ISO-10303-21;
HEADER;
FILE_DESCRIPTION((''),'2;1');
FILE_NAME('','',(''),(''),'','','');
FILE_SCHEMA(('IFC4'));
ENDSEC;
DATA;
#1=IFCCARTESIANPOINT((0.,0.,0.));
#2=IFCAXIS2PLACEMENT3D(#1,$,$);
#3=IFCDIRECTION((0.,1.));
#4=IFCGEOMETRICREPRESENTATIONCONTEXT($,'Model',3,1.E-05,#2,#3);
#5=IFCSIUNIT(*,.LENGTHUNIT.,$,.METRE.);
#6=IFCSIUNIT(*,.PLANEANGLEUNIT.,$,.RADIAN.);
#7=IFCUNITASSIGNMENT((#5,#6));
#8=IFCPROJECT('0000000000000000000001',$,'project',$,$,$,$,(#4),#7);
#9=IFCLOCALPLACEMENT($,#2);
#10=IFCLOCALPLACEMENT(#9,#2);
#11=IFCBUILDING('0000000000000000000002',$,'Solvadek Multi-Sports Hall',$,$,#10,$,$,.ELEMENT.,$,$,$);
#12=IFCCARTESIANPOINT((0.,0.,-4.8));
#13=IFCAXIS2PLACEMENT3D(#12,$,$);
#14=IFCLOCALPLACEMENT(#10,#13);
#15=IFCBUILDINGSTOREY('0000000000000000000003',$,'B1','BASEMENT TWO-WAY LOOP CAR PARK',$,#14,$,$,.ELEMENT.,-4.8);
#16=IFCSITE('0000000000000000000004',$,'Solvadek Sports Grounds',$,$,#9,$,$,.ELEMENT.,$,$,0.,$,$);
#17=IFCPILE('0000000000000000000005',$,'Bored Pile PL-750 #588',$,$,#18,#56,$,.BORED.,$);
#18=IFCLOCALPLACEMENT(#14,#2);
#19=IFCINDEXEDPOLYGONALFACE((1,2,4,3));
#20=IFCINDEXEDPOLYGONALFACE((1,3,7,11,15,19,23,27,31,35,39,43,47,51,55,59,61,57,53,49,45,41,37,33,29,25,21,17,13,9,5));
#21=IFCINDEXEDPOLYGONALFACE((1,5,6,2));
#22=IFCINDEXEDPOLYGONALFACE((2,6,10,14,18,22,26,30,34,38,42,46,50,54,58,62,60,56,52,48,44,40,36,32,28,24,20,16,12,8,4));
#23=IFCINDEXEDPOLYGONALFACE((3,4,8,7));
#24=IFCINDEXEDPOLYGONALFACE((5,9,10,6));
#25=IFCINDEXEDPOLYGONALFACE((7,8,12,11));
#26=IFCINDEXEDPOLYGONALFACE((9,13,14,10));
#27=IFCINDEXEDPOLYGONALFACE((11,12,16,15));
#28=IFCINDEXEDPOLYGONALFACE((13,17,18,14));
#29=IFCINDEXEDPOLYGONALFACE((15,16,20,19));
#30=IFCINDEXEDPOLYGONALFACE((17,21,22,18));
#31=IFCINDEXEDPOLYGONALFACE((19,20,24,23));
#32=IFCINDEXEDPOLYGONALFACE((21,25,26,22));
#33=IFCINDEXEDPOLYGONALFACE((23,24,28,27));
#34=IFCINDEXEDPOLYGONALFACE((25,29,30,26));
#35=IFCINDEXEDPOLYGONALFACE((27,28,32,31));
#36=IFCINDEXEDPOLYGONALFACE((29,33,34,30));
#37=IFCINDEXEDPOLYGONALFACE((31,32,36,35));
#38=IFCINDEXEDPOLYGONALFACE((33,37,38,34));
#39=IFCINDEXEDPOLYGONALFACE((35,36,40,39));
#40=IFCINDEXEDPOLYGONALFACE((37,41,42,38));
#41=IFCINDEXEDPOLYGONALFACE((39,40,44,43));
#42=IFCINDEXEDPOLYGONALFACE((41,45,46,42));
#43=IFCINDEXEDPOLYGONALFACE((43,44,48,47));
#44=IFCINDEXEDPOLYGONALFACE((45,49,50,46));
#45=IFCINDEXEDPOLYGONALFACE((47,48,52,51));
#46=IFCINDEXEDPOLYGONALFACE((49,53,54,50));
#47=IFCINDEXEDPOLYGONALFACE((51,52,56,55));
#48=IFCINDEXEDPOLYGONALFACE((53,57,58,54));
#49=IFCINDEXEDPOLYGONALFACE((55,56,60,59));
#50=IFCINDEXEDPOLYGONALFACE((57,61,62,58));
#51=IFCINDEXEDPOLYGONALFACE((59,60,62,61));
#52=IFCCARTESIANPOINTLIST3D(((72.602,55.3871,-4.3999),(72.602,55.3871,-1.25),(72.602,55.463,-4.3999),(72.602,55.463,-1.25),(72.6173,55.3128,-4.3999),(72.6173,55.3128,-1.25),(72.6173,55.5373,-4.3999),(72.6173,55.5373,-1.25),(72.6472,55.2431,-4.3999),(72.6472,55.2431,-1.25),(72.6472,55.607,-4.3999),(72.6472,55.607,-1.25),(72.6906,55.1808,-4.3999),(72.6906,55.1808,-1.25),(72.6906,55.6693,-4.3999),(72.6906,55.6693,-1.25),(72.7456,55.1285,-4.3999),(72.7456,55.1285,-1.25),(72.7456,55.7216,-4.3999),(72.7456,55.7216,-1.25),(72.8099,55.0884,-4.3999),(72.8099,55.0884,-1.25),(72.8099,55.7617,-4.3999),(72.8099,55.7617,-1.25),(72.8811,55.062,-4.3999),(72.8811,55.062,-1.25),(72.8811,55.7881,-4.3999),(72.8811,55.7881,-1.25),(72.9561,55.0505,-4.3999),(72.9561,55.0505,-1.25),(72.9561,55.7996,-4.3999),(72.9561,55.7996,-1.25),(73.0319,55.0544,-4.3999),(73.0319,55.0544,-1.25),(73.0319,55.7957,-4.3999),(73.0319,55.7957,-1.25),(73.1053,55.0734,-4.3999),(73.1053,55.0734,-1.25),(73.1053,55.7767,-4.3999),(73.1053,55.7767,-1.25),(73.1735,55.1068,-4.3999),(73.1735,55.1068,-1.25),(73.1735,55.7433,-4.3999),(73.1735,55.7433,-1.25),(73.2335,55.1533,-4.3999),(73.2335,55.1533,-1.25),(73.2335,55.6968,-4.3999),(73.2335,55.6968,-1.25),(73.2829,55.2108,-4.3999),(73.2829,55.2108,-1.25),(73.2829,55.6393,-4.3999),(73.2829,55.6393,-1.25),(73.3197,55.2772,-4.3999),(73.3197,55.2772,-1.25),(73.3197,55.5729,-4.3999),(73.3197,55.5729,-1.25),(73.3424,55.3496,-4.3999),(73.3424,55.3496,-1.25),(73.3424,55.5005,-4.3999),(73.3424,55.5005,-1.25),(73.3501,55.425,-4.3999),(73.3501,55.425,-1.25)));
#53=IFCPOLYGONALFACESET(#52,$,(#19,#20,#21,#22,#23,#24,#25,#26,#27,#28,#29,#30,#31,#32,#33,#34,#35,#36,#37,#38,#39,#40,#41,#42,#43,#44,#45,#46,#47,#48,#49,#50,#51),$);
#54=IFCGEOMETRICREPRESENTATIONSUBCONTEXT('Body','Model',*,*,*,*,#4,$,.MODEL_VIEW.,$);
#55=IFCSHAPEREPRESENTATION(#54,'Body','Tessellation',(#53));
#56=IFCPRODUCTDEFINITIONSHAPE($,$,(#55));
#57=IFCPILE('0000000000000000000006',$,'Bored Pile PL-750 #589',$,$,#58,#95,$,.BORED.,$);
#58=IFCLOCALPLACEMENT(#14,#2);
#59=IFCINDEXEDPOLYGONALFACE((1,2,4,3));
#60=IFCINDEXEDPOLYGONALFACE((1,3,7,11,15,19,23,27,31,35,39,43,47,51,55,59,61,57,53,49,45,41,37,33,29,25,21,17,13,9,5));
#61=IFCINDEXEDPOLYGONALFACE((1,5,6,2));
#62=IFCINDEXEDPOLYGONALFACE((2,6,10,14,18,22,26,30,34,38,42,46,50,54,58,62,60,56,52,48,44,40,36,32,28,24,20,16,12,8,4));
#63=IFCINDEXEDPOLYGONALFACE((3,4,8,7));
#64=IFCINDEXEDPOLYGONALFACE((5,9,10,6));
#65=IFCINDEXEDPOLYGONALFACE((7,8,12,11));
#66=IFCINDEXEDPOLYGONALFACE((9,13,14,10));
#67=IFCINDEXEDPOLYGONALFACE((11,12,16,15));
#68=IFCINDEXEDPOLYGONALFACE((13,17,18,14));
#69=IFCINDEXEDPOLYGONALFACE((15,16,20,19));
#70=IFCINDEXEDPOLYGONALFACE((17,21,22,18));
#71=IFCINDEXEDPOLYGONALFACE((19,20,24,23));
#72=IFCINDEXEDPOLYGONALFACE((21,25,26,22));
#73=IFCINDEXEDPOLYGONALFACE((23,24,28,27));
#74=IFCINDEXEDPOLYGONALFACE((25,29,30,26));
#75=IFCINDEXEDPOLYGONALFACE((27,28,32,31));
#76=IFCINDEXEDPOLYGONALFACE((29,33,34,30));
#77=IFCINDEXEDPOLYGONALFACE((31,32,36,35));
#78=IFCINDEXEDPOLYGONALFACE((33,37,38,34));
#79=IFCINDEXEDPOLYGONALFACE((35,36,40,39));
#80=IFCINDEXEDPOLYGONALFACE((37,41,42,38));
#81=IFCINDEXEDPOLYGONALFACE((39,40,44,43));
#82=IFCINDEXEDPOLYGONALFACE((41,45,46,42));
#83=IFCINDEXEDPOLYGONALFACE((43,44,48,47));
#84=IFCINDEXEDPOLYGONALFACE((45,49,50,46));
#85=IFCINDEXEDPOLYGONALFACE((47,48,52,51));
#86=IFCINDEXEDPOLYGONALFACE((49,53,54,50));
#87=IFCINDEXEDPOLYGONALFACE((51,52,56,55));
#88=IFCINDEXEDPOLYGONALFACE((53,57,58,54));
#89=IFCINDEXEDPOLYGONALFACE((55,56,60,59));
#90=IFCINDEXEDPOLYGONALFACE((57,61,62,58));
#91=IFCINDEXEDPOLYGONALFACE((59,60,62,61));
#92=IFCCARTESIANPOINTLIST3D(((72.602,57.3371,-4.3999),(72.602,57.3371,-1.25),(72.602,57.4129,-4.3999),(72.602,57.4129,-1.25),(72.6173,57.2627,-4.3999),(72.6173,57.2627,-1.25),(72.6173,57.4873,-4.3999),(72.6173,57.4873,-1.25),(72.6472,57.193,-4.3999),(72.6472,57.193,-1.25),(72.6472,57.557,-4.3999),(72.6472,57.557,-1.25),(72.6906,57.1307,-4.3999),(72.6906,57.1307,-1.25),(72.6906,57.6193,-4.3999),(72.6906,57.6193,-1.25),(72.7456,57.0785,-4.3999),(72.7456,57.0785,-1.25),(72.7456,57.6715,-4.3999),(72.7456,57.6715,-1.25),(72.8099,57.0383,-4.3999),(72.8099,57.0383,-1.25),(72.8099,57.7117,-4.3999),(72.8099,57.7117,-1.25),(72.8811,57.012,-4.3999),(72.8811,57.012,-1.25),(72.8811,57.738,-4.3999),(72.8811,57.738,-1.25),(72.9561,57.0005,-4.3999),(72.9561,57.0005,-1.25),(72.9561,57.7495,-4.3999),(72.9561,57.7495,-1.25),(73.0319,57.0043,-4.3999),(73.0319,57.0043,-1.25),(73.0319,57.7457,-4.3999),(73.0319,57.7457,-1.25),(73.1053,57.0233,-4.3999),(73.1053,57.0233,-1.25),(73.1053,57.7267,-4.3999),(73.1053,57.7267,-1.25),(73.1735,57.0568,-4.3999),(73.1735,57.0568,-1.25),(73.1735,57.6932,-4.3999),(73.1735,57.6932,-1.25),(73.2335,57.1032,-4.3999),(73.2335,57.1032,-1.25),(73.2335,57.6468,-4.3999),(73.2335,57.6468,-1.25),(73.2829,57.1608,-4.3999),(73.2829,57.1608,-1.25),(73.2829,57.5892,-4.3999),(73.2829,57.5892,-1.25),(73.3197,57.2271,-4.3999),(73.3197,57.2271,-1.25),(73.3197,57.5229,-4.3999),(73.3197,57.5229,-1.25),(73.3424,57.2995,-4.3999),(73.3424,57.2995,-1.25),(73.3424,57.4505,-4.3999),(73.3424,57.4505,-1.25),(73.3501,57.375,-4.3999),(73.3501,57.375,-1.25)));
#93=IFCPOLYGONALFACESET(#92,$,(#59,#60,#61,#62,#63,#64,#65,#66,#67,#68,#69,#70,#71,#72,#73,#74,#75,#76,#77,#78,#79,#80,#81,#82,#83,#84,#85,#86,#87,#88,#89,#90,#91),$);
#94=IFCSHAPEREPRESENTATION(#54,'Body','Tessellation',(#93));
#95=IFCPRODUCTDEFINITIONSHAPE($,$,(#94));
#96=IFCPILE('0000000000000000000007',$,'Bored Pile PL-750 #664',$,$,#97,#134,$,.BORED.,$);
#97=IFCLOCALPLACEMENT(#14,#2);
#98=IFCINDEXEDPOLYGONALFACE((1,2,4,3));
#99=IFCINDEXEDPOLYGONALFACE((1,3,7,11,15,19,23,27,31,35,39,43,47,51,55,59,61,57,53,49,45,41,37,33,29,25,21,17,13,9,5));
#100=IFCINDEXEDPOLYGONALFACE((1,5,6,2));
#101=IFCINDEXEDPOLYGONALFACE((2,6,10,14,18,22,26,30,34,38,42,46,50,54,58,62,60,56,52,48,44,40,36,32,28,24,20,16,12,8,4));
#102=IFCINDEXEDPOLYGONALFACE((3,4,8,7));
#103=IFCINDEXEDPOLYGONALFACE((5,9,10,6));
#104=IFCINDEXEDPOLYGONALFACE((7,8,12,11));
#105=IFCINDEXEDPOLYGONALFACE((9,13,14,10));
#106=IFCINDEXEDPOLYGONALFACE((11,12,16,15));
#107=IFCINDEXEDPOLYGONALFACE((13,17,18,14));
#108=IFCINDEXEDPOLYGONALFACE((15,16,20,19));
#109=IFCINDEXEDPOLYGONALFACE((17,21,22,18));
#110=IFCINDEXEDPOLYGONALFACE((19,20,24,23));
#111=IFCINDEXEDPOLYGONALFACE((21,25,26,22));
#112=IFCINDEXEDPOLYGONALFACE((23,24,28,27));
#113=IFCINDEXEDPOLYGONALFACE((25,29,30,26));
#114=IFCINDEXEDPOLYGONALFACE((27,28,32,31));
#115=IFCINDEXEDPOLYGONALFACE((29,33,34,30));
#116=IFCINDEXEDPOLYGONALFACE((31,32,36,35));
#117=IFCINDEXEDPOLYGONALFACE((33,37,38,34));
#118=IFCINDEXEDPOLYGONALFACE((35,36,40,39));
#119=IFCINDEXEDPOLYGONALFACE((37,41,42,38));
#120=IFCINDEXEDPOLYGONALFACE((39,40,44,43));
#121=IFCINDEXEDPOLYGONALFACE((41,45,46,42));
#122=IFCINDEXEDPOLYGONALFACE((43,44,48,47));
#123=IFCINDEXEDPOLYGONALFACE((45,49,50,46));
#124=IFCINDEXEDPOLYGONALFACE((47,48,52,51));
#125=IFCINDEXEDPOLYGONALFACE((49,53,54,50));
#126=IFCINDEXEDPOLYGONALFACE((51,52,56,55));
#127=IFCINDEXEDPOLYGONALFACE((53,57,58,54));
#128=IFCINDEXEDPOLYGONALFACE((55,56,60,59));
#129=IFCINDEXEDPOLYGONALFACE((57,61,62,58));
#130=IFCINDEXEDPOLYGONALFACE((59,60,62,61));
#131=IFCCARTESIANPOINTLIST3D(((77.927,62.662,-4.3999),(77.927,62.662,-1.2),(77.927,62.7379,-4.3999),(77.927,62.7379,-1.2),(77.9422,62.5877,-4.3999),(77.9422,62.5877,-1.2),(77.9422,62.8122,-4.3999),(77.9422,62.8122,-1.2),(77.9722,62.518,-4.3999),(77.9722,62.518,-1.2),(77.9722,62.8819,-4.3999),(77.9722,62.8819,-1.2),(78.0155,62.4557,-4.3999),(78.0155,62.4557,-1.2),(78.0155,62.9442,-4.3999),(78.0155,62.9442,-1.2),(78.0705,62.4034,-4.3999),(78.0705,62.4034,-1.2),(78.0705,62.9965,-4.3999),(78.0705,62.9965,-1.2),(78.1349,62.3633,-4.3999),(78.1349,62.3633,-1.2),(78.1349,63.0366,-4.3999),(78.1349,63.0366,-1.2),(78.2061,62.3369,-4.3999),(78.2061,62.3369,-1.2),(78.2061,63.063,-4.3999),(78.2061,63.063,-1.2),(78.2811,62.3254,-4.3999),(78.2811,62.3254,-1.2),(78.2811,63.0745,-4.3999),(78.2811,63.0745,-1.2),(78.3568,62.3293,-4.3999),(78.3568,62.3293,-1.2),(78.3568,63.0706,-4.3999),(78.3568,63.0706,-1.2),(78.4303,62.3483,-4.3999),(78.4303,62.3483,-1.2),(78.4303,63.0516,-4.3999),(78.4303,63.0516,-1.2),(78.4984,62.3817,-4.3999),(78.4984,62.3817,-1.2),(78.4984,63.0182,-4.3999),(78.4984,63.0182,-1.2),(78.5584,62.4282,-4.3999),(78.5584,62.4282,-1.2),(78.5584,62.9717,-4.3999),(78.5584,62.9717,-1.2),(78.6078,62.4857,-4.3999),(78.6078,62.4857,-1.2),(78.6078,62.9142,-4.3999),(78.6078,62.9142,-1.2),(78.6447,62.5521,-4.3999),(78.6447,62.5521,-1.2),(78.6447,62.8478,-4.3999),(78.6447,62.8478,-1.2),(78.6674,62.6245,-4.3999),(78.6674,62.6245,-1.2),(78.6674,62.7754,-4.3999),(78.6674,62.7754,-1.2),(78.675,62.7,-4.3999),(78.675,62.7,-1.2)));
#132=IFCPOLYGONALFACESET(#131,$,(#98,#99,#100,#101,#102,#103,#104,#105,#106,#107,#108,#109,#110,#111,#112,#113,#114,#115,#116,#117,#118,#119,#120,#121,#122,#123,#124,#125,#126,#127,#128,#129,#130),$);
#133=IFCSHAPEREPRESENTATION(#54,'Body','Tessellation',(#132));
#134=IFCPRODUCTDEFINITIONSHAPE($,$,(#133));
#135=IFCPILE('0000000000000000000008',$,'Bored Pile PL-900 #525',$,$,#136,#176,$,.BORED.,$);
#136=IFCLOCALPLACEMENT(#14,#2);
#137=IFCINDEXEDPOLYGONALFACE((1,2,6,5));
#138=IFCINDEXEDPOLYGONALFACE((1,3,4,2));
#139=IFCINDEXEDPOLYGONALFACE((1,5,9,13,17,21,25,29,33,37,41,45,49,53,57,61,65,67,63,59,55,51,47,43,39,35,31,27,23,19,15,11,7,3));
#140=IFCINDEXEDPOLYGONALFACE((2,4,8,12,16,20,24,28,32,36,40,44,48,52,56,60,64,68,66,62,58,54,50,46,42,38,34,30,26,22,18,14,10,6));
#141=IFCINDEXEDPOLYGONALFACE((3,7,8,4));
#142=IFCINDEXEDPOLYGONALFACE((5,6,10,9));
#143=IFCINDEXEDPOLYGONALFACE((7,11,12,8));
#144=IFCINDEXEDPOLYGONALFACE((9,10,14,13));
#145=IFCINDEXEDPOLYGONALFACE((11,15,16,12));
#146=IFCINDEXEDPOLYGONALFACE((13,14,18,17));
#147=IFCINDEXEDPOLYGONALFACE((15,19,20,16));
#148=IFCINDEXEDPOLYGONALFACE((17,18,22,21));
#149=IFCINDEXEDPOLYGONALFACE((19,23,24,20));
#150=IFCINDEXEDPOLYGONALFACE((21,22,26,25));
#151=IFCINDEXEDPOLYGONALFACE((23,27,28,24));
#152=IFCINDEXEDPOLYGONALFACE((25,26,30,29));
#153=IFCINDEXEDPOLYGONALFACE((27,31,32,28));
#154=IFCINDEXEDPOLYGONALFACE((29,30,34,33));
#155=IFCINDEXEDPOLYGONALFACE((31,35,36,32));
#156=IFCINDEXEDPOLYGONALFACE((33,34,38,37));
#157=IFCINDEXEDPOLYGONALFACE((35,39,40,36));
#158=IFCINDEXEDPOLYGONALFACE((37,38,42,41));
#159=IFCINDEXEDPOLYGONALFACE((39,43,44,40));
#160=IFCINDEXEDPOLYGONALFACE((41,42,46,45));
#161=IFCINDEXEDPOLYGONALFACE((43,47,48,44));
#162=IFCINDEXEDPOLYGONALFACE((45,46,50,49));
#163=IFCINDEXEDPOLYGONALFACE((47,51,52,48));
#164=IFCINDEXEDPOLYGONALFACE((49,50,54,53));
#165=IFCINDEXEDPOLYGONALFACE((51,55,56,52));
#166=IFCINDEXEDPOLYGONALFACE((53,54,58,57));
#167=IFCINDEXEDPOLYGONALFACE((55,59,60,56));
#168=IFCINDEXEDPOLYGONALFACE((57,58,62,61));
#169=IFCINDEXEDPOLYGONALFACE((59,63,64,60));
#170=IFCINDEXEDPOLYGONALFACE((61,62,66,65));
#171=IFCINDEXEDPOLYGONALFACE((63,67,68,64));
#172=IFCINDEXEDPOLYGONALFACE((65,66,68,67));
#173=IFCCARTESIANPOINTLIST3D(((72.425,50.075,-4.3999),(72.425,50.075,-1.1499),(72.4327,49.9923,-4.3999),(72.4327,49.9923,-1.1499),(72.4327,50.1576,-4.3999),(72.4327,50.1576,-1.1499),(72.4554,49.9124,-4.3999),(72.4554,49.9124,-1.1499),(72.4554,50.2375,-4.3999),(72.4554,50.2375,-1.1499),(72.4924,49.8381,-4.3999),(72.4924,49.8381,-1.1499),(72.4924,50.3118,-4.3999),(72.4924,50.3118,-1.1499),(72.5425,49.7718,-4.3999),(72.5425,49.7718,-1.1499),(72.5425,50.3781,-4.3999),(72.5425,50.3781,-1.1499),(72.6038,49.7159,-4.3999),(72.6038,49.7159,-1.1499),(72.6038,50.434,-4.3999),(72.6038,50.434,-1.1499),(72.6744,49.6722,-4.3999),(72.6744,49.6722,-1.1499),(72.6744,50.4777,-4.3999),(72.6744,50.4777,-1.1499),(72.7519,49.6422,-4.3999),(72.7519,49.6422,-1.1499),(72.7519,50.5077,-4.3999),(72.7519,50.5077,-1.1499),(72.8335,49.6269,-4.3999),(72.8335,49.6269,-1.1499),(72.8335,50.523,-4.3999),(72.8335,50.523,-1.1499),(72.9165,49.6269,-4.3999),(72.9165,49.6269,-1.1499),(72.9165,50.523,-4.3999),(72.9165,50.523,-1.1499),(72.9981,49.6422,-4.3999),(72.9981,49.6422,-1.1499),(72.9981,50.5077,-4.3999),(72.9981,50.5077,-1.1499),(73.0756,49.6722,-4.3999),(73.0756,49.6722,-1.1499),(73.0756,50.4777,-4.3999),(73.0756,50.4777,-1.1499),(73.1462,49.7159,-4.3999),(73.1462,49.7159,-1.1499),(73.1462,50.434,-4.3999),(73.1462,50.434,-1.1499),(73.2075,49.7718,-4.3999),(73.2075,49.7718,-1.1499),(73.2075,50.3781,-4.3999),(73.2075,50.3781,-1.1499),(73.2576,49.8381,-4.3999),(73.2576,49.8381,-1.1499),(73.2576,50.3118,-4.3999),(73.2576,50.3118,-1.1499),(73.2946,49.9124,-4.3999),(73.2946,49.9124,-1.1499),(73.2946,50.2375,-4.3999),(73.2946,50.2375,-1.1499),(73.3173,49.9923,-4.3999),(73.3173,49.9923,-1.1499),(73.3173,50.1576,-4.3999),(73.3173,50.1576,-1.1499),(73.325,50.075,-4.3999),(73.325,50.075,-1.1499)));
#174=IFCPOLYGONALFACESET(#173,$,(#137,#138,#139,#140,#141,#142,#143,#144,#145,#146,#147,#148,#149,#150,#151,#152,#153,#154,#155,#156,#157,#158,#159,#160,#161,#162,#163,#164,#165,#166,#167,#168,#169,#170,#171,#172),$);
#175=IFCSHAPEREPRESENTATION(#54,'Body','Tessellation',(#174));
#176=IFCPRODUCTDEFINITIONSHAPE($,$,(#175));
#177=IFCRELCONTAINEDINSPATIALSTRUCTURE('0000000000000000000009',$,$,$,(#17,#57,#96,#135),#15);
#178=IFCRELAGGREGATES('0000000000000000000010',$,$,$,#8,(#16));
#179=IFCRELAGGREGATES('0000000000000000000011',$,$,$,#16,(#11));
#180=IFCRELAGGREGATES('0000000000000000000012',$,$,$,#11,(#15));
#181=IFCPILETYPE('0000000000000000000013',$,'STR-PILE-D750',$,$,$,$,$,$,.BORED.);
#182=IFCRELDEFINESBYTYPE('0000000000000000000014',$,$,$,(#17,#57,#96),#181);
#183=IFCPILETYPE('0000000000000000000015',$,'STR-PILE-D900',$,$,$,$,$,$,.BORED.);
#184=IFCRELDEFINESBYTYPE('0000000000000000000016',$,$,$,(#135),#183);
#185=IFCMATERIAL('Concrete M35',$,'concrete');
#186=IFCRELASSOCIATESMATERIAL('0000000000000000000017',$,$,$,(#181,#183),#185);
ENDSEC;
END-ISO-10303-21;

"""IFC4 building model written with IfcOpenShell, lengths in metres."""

from ifc_helpers import new_model, si_unit, direction, frame, origin, origin_2d, place, context, subcontext, project, spatial, circle, extrude, material, material_profile, profile_set, type_object, element, save


model = new_model("IFC4")

# Units and contexts
model_context = context("Model", 3, precision=1e-05, world=origin(), true_north=direction((0.0, 1.0)))
body_context = subcontext(model_context, "Body", "Model", "MODEL_VIEW")
ifc_project = project(units=[si_unit("LENGTHUNIT", "METRE"), si_unit("PLANEANGLEUNIT", "RADIAN")], contexts=[model_context])

# Site, building, storey
site_placement = place(None, origin())
site = spatial("IfcSite", under=ifc_project, at=site_placement, Name="Solvadek Sports Grounds", CompositionType="ELEMENT", RefElevation=0.0)
building_placement = place(site_placement, origin())
building = spatial("IfcBuilding", under=site, at=building_placement, Name="Solvadek Multi-Sports Hall", CompositionType="ELEMENT")
storey_placement = place(building_placement, frame((0.0, 0.0, -4.8)))
storey = spatial("IfcBuildingStorey", under=building, at=storey_placement, Name="B1", Description="BASEMENT TWO-WAY LOOP CAR PARK", CompositionType="ELEMENT", Elevation=-4.8)

# Piles
ifc_material_1 = material(Name="Concrete M35", Category="concrete")
ifc_material_profile_1 = material_profile(ifc_material_1, circle(Radius=0.375, at=origin_2d()), Name="BORED PILE D750")
ifc_profile_set_1 = profile_set([ifc_material_profile_1], Name="Concrete M35")
pile_type_1 = type_object("IfcPileType", Name="STR-PILE-D750", PredefinedType="BORED", material=ifc_profile_set_1)
for number, where, z_axis, x_axis, name in (
    (1, (72.9751, 55.425, -1.25), (0.0, 0.0, -1.0), (1.0, 0.0, 0.0), "Bored Pile PL-750 #588"),
    (2, (72.9751, 57.375, -1.25), (0.0, 0.0, -1.0), (1.0, 0.0, 0.0), "Bored Pile PL-750 #589"),
):
    element("IfcPile", number, at=place(storey_placement, frame(where, z_axis=z_axis, x_axis=x_axis)), inside=storey, type_object=pile_type_1, Name=name, PredefinedType="BORED", context=body_context, shape_type="SweptSolid", body=[
        extrude(circle(Radius=0.375, at=origin_2d()), origin(), (0.0, 0.0, 1.0), 3.1499),
    ])
pile_1_placement = place(storey_placement, frame((78.3, 62.7, -1.2), z_axis=(0.0, 0.0, -1.0), x_axis=(1.0, 0.0, 0.0)))
element("IfcPile", 3, at=pile_1_placement, inside=storey, type_object=pile_type_1, Name="Bored Pile PL-750 #664", PredefinedType="BORED", context=body_context, shape_type="SweptSolid", body=[
    extrude(circle(Radius=0.375, at=origin_2d()), origin(), (0.0, 0.0, 1.0), 3.2),
])
ifc_material_profile_2 = material_profile(ifc_material_1, circle(Radius=0.45, at=origin_2d()), Name="BORED PILE D900")
ifc_profile_set_2 = profile_set([ifc_material_profile_2], Name="Concrete M35")
pile_type_2 = type_object("IfcPileType", Name="STR-PILE-D900", PredefinedType="BORED", material=ifc_profile_set_2)
pile_2_placement = place(storey_placement, frame((72.875, 50.075, -1.1499), z_axis=(0.0, 0.0, -1.0), x_axis=(1.0, 0.0, 0.0)))
element("IfcPile", 4, at=pile_2_placement, inside=storey, type_object=pile_type_2, Name="Bored Pile PL-900 #525", PredefinedType="BORED", context=body_context, shape_type="SweptSolid", body=[
    extrude(circle(Radius=0.45, at=origin_2d()), origin(), (0.0, 0.0, 1.0), 3.25),
])

save(model, "model.ifc")
